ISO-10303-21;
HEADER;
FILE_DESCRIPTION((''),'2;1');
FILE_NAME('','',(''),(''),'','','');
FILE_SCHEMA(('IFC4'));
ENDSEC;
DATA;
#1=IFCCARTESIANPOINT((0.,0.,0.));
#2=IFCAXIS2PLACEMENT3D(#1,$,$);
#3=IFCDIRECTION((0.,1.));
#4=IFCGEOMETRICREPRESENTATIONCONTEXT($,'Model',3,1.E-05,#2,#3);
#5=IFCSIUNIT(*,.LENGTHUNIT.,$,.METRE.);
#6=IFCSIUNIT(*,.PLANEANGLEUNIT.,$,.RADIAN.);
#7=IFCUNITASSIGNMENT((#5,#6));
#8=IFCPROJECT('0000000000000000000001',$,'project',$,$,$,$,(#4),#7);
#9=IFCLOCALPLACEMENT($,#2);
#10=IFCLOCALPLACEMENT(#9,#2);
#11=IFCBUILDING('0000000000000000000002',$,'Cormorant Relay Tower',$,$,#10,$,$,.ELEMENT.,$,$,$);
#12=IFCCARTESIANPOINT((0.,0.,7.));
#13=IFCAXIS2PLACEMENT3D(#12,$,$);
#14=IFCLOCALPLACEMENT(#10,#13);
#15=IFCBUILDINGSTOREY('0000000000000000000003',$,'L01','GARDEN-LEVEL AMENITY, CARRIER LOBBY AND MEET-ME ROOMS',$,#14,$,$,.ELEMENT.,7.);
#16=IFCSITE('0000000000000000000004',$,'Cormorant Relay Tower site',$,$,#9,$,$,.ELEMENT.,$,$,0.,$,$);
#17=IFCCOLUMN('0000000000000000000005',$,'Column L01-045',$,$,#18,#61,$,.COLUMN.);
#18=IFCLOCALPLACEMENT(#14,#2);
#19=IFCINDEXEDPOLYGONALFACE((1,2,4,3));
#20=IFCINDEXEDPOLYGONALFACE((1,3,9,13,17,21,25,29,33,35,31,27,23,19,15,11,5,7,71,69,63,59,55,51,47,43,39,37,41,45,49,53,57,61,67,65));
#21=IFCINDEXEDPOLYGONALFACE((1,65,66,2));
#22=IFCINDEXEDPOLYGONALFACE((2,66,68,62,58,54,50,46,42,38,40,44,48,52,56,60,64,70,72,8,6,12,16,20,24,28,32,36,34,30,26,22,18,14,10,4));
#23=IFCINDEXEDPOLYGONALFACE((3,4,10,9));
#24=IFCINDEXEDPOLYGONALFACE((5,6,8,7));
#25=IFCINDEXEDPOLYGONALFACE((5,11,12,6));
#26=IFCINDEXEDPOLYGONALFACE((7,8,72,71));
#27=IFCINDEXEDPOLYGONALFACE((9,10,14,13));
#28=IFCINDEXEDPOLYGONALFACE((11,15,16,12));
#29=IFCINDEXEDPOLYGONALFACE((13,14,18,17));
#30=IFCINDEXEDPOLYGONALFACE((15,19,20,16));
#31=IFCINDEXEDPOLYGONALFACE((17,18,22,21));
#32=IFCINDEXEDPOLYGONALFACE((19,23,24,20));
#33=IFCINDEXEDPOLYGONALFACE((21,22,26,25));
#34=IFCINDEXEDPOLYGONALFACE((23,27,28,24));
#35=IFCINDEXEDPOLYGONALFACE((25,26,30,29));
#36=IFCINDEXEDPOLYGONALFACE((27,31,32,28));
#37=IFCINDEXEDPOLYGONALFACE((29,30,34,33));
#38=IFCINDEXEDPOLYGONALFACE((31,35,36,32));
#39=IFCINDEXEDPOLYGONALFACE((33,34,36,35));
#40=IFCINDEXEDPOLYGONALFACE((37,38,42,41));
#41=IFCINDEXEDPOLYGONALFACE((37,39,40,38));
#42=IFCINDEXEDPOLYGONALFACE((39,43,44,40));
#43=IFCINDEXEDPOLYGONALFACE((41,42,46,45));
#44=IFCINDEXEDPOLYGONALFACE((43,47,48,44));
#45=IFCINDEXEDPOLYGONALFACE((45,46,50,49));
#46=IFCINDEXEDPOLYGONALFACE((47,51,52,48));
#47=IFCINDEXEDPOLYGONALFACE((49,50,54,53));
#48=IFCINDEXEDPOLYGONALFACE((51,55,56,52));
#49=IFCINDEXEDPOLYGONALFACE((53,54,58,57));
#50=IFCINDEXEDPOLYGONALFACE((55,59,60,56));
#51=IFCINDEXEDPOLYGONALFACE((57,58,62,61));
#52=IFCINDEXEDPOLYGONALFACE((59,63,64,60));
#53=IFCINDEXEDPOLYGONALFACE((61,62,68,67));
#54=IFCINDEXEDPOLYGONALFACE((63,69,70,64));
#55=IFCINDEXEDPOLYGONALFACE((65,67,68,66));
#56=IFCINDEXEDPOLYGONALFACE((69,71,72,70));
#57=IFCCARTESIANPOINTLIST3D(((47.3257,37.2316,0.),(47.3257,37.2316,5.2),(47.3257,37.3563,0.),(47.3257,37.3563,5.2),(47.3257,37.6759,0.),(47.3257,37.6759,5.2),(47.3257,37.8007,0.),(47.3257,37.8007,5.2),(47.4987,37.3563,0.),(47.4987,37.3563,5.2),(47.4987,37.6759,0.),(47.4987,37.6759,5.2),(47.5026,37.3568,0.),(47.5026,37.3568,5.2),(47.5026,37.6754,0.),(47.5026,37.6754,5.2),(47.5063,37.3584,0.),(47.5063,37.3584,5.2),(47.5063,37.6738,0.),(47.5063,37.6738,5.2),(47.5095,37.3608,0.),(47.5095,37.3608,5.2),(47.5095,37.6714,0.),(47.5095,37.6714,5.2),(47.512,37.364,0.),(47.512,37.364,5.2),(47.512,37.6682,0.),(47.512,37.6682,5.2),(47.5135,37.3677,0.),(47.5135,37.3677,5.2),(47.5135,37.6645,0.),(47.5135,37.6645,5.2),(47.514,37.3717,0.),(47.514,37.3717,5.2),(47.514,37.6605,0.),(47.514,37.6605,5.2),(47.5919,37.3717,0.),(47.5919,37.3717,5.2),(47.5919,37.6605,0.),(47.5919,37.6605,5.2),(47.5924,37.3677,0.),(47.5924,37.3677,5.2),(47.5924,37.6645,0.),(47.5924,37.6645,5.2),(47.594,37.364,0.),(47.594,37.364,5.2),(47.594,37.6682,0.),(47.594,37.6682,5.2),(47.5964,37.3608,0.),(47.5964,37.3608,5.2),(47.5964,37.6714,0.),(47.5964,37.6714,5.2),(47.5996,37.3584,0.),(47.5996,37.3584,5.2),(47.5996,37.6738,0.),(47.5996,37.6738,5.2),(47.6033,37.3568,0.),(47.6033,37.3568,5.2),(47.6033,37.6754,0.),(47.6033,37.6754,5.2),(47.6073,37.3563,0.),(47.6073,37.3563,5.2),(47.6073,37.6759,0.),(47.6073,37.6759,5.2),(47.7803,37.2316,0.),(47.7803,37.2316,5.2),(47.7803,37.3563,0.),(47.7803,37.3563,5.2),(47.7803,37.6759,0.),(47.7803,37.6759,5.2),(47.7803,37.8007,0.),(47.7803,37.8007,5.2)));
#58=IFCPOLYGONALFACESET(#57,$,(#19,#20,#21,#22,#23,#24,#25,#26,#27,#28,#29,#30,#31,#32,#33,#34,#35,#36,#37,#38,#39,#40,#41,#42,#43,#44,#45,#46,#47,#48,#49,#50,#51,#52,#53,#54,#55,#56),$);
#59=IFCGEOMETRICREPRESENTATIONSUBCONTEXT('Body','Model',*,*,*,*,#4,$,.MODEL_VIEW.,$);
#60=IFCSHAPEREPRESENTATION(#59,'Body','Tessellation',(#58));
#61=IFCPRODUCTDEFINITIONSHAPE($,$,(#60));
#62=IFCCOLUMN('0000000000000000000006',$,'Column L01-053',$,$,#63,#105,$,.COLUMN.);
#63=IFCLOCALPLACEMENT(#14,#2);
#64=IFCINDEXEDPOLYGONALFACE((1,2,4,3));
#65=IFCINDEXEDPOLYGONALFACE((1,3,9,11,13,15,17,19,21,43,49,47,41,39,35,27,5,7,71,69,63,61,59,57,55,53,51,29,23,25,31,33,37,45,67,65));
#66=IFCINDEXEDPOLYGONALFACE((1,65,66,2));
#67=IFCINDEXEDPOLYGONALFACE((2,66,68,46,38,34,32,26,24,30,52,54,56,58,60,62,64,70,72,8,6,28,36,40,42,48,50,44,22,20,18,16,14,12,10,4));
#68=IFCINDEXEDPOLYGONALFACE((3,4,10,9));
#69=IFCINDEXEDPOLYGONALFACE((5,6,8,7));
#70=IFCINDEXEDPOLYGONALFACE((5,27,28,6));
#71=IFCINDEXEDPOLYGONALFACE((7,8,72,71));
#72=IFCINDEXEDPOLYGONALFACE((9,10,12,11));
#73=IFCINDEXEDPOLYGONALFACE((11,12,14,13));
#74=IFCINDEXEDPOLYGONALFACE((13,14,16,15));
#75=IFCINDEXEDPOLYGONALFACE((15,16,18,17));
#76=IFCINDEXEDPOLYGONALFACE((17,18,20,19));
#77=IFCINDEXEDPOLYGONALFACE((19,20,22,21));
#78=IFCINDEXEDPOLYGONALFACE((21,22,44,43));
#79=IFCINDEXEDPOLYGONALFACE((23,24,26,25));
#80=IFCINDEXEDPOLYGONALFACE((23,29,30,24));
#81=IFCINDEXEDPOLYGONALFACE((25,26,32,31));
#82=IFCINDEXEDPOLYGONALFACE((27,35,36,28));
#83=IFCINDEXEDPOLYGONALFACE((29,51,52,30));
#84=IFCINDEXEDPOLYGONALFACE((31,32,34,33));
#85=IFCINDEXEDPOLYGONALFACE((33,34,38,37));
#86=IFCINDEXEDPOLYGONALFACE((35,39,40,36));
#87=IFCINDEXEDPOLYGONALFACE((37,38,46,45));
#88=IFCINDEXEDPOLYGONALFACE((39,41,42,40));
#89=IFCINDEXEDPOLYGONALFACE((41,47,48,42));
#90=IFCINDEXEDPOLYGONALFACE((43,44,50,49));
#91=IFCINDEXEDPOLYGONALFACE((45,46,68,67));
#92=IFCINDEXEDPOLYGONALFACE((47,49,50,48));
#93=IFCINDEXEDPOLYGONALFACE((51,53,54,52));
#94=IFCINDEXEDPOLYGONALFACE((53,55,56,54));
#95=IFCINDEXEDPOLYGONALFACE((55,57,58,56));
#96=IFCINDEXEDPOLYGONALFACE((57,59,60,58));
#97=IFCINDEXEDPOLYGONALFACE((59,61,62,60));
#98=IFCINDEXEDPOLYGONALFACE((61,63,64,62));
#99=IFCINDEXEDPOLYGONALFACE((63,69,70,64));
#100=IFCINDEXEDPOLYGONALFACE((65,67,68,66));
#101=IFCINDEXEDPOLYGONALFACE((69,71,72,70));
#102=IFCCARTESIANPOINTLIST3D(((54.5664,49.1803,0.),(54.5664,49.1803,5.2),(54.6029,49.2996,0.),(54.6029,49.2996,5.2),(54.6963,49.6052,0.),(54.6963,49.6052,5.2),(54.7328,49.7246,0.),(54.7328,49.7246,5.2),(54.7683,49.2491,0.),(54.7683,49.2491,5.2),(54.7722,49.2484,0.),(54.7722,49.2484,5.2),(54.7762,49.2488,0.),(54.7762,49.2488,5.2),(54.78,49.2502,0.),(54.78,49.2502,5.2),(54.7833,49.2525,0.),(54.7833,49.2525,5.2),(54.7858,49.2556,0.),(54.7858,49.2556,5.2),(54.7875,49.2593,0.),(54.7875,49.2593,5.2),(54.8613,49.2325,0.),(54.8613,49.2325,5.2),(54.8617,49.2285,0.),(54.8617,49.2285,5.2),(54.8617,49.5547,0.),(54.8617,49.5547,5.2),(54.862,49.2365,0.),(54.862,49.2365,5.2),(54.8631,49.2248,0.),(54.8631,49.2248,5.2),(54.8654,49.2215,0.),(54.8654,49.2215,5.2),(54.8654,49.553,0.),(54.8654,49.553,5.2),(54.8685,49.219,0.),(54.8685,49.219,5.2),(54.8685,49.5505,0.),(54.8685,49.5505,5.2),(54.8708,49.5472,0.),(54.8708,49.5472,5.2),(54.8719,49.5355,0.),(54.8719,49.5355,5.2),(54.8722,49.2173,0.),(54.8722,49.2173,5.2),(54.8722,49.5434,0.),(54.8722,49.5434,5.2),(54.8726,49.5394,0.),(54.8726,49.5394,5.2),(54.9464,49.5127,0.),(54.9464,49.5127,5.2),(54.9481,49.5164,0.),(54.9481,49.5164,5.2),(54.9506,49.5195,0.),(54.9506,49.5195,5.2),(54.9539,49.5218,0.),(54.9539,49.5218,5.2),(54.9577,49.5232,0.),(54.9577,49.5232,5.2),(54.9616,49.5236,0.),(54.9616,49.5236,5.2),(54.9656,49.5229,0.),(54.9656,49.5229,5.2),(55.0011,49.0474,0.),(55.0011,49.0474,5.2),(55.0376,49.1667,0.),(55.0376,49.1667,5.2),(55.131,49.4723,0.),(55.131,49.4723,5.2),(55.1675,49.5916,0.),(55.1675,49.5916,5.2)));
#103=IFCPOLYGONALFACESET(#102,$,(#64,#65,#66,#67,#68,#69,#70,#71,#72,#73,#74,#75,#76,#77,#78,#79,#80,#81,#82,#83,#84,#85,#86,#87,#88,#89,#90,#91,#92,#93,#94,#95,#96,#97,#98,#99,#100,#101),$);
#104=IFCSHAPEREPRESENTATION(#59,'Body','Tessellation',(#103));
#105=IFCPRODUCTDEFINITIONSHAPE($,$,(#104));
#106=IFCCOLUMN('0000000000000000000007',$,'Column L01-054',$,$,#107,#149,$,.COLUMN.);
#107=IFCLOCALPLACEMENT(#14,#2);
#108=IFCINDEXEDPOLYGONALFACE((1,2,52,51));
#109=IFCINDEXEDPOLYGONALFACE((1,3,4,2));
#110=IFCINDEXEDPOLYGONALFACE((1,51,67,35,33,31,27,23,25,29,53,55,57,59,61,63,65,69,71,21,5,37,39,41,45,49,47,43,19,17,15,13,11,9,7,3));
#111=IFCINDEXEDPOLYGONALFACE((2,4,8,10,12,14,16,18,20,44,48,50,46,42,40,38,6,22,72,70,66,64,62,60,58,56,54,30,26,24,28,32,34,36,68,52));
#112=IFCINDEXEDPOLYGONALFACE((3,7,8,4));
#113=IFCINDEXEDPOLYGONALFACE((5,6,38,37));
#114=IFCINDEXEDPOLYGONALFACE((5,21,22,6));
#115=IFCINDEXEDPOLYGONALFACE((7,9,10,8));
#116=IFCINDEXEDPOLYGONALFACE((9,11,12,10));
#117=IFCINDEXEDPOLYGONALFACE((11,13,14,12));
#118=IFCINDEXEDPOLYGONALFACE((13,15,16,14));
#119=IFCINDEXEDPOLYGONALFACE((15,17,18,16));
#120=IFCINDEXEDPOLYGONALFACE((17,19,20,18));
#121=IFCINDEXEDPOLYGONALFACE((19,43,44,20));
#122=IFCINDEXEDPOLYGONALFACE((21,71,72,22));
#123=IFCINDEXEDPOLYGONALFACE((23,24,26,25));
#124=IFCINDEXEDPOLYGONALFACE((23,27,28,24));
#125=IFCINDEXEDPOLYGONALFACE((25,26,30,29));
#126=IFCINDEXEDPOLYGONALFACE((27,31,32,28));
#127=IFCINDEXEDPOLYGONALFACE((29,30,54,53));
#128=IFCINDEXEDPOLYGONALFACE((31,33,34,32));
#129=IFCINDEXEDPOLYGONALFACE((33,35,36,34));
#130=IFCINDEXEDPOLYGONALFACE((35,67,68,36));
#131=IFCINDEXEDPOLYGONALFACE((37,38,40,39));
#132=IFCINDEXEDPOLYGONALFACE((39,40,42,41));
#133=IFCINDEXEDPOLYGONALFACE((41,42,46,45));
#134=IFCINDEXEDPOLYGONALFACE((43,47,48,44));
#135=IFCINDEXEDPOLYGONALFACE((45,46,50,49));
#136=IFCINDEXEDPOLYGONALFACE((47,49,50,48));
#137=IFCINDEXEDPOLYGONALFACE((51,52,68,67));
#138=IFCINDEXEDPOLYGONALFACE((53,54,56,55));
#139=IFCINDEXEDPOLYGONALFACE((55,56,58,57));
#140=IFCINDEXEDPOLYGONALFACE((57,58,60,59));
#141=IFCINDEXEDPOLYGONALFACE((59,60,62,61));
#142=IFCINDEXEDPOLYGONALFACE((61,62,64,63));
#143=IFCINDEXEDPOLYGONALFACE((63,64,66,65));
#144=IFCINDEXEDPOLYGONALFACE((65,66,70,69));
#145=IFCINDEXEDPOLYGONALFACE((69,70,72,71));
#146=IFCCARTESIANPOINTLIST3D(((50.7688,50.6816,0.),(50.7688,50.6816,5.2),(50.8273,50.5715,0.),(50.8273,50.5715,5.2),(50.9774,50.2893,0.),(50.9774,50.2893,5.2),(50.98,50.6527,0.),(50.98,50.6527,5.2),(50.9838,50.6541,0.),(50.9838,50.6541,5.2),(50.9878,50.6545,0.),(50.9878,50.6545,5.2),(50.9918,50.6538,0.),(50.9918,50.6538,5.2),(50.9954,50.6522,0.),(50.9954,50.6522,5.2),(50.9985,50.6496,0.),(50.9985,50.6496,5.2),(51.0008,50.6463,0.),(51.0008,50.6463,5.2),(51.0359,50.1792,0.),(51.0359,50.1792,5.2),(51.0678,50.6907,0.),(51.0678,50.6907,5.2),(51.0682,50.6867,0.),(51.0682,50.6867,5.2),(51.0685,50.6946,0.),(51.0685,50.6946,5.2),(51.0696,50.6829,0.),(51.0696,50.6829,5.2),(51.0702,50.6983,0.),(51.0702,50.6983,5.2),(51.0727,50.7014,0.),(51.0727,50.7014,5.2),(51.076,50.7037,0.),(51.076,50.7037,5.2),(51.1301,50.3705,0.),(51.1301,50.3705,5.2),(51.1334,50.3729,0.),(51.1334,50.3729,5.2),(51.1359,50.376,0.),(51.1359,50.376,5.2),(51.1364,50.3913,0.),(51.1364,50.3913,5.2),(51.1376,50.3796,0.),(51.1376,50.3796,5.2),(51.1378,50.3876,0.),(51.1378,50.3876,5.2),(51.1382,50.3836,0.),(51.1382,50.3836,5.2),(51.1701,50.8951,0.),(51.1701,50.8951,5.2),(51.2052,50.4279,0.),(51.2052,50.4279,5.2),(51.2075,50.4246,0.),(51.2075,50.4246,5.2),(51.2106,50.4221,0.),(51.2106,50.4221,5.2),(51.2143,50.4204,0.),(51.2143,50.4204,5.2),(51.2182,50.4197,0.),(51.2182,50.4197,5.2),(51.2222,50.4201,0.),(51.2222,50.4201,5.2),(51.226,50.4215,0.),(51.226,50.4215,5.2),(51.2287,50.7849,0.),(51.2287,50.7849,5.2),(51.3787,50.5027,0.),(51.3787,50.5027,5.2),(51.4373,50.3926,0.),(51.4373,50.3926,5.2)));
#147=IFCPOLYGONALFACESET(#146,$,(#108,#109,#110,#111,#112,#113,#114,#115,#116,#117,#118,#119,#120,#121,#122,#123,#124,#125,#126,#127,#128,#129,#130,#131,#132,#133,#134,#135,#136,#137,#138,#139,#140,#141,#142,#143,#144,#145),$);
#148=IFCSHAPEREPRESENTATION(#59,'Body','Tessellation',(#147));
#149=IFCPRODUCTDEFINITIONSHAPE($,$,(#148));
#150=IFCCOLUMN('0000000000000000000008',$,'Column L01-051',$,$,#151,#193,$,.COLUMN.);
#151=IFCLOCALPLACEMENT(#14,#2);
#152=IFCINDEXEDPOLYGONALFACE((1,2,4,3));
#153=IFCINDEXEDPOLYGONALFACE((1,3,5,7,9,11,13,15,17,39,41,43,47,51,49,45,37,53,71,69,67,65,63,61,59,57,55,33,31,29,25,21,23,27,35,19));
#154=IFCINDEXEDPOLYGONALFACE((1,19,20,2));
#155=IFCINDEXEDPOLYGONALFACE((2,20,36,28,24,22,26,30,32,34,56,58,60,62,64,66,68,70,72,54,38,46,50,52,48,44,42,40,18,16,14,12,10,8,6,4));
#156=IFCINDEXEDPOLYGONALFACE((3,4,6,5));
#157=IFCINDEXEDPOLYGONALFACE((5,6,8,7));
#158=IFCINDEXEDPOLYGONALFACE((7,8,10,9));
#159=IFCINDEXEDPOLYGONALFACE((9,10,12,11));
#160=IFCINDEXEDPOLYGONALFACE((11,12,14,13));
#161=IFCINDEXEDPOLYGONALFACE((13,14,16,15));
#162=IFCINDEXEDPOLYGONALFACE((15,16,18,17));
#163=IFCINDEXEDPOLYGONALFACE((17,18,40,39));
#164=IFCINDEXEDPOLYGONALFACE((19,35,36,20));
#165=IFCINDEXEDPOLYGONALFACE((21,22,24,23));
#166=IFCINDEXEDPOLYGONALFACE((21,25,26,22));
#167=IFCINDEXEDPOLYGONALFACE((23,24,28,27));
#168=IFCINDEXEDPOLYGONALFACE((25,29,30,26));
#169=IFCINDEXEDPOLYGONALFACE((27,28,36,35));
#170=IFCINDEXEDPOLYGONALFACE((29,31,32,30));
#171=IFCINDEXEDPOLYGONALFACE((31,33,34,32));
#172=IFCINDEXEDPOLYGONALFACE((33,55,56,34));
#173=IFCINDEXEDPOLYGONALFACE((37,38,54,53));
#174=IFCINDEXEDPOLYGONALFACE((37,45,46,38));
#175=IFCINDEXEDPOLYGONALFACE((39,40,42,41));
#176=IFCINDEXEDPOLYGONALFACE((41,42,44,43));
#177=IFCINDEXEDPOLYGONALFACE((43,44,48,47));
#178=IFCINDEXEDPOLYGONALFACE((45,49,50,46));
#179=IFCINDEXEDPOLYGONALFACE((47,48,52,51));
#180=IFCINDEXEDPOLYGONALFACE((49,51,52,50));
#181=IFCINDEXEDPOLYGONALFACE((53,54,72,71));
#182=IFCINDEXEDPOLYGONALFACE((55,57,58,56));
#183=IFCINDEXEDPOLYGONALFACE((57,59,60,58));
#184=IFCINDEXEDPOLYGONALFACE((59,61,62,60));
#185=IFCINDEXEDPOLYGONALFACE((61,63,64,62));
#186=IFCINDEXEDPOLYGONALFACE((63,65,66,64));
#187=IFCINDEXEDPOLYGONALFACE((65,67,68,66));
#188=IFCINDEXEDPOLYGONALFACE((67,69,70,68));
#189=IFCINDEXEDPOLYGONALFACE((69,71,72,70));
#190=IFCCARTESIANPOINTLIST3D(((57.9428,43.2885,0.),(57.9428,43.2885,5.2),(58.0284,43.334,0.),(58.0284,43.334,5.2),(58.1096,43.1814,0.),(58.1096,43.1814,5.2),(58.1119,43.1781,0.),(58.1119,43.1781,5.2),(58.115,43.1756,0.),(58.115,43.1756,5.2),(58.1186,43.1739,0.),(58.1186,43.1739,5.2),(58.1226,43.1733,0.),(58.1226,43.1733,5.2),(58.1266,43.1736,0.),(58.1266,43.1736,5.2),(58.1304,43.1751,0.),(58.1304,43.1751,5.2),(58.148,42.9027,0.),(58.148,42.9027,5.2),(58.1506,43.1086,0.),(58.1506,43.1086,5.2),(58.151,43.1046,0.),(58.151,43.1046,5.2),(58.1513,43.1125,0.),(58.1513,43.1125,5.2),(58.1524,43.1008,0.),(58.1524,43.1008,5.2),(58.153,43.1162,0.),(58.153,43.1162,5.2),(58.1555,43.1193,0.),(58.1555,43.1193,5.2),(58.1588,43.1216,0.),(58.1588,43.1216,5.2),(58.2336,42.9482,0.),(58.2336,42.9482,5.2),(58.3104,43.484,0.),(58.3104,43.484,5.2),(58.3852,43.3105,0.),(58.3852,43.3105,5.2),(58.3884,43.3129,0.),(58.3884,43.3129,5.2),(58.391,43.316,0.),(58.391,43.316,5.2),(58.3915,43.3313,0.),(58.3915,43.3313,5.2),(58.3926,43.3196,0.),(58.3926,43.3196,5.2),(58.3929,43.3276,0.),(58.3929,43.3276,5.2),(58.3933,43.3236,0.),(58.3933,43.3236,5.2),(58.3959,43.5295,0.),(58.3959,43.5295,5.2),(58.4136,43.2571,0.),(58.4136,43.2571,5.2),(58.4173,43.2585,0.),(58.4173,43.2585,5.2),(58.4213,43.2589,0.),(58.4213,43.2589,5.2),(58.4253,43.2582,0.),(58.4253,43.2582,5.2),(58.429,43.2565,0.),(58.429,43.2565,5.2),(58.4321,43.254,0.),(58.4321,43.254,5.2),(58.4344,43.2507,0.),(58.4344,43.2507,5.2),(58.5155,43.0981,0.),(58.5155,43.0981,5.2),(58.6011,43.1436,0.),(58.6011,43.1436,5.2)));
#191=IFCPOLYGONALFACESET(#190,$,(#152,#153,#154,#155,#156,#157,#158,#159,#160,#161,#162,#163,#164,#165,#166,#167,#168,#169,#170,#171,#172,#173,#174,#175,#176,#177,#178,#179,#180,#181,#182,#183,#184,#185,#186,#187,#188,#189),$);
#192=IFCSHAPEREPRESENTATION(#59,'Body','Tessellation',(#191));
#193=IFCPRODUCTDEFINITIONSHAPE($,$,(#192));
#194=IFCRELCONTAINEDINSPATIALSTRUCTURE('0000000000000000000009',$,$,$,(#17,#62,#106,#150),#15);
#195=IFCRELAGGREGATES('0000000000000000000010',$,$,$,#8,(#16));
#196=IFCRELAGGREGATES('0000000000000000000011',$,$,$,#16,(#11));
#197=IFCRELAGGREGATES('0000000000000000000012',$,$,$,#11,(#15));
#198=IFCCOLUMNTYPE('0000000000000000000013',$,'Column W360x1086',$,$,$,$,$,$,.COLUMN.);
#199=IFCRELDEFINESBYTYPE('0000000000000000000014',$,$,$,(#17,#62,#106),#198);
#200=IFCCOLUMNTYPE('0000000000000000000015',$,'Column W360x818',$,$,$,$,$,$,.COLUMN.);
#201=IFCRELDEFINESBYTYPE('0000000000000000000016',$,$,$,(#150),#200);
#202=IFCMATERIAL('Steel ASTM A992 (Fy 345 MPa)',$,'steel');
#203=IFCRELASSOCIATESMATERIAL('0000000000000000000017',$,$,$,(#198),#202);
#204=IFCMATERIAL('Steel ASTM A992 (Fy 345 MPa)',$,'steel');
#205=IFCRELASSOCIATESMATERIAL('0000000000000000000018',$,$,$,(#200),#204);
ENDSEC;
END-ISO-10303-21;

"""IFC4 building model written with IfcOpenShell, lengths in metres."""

from ifc_helpers import new_model, si_unit, direction, frame, origin, origin_2d, place, context, subcontext, project, spatial, i_section, extrude, material, material_profile, profile_set, type_object, element, save


model = new_model("IFC4")

# Units and contexts
model_context = context("Model", 3, precision=1e-05, world=origin(), true_north=direction((0.0, 1.0)))
body_context = subcontext(model_context, "Body", "Model", "MODEL_VIEW")
ifc_project = project(units=[si_unit("LENGTHUNIT", "METRE"), si_unit("PLANEANGLEUNIT", "RADIAN")], contexts=[model_context])

# Site, building, storey
site_placement = place(None, origin())
site = spatial("IfcSite", under=ifc_project, at=site_placement, Name="Cormorant Relay Tower site", CompositionType="ELEMENT", RefElevation=0.0)
building_placement = place(site_placement, origin())
building = spatial("IfcBuilding", under=site, at=building_placement, Name="Cormorant Relay Tower", CompositionType="ELEMENT")
storey_placement = place(building_placement, frame((0.0, 0.0, 7.0)))
storey = spatial("IfcBuildingStorey", under=building, at=storey_placement, Name="L01", Description="GARDEN-LEVEL AMENITY, CARRIER LOBBY AND MEET-ME ROOMS", CompositionType="ELEMENT", Elevation=7.0)

# Columns
ifc_material_1 = material(Name="Steel ASTM A992 (Fy 345 MPa)", Category="steel")
ifc_material_profile_1 = material_profile(ifc_material_1, i_section(OverallWidth=0.4546, OverallDepth=0.5691, WebThickness=0.0779, FlangeThickness=0.1248, FilletRadius=0.0154, at=origin_2d()), Name="W360x1086")
ifc_profile_set_1 = profile_set([ifc_material_profile_1], Name="Steel ASTM A992 (Fy 345 MPa)")
column_type_1 = type_object("IfcColumnType", Name="Column W360x1086", PredefinedType="COLUMN", material=ifc_profile_set_1)
for number, where, z_axis, x_axis, name in (
    (1, (47.553, 37.5161, 0.0), (0.0, 0.0, 1.0), (1.0, 0.0, 0.0), "Column L01-045"),
    (2, (54.8669, 49.386, 0.0), (0.0, 0.0, 1.0), (-0.956305, 0.292372, 0.0), "Column L01-053"),
    (3, (51.103, 50.5371, 0.0), (0.0, 0.0, 1.0), (-0.882948, -0.469472, 0.0), "Column L01-054"),
):
    element("IfcColumn", number, at=place(storey_placement, frame(where, z_axis=z_axis, x_axis=x_axis)), inside=storey, type_object=column_type_1, Name=name, PredefinedType="COLUMN", context=body_context, shape_type="SweptSolid", body=[
        extrude(i_section(OverallWidth=0.4546, OverallDepth=0.5691, WebThickness=0.0779, FlangeThickness=0.1248, FilletRadius=0.0154, at=origin_2d()), origin(), (0.0, 0.0, 1.0), 5.2),
    ])
ifc_material_2 = material(Name="Steel ASTM A992 (Fy 345 MPa)", Category="steel")
ifc_material_profile_2 = material_profile(ifc_material_2, i_section(OverallWidth=0.437, OverallDepth=0.5132, WebThickness=0.0605, FlangeThickness=0.0969, FilletRadius=0.0154, at=origin_2d()), Name="W360x818")
ifc_profile_set_2 = profile_set([ifc_material_profile_2], Name="Steel ASTM A992 (Fy 345 MPa)")
column_type_2 = type_object("IfcColumnType", Name="Column W360x818", PredefinedType="COLUMN", material=ifc_profile_set_2)
column_placement = place(storey_placement, frame((58.272, 43.2161, 0.0), z_axis=(0.0, 0.0, 1.0), x_axis=(-0.469472, 0.882948, 0.0)))
element("IfcColumn", 4, at=column_placement, inside=storey, type_object=column_type_2, Name="Column L01-051", PredefinedType="COLUMN", context=body_context, shape_type="SweptSolid", body=[
    extrude(i_section(OverallWidth=0.437, OverallDepth=0.5132, WebThickness=0.0605, FlangeThickness=0.0969, FilletRadius=0.0154, at=origin_2d()), origin(), (0.0, 0.0, 1.0), 5.2),
])

save(model, "model.ifc")
